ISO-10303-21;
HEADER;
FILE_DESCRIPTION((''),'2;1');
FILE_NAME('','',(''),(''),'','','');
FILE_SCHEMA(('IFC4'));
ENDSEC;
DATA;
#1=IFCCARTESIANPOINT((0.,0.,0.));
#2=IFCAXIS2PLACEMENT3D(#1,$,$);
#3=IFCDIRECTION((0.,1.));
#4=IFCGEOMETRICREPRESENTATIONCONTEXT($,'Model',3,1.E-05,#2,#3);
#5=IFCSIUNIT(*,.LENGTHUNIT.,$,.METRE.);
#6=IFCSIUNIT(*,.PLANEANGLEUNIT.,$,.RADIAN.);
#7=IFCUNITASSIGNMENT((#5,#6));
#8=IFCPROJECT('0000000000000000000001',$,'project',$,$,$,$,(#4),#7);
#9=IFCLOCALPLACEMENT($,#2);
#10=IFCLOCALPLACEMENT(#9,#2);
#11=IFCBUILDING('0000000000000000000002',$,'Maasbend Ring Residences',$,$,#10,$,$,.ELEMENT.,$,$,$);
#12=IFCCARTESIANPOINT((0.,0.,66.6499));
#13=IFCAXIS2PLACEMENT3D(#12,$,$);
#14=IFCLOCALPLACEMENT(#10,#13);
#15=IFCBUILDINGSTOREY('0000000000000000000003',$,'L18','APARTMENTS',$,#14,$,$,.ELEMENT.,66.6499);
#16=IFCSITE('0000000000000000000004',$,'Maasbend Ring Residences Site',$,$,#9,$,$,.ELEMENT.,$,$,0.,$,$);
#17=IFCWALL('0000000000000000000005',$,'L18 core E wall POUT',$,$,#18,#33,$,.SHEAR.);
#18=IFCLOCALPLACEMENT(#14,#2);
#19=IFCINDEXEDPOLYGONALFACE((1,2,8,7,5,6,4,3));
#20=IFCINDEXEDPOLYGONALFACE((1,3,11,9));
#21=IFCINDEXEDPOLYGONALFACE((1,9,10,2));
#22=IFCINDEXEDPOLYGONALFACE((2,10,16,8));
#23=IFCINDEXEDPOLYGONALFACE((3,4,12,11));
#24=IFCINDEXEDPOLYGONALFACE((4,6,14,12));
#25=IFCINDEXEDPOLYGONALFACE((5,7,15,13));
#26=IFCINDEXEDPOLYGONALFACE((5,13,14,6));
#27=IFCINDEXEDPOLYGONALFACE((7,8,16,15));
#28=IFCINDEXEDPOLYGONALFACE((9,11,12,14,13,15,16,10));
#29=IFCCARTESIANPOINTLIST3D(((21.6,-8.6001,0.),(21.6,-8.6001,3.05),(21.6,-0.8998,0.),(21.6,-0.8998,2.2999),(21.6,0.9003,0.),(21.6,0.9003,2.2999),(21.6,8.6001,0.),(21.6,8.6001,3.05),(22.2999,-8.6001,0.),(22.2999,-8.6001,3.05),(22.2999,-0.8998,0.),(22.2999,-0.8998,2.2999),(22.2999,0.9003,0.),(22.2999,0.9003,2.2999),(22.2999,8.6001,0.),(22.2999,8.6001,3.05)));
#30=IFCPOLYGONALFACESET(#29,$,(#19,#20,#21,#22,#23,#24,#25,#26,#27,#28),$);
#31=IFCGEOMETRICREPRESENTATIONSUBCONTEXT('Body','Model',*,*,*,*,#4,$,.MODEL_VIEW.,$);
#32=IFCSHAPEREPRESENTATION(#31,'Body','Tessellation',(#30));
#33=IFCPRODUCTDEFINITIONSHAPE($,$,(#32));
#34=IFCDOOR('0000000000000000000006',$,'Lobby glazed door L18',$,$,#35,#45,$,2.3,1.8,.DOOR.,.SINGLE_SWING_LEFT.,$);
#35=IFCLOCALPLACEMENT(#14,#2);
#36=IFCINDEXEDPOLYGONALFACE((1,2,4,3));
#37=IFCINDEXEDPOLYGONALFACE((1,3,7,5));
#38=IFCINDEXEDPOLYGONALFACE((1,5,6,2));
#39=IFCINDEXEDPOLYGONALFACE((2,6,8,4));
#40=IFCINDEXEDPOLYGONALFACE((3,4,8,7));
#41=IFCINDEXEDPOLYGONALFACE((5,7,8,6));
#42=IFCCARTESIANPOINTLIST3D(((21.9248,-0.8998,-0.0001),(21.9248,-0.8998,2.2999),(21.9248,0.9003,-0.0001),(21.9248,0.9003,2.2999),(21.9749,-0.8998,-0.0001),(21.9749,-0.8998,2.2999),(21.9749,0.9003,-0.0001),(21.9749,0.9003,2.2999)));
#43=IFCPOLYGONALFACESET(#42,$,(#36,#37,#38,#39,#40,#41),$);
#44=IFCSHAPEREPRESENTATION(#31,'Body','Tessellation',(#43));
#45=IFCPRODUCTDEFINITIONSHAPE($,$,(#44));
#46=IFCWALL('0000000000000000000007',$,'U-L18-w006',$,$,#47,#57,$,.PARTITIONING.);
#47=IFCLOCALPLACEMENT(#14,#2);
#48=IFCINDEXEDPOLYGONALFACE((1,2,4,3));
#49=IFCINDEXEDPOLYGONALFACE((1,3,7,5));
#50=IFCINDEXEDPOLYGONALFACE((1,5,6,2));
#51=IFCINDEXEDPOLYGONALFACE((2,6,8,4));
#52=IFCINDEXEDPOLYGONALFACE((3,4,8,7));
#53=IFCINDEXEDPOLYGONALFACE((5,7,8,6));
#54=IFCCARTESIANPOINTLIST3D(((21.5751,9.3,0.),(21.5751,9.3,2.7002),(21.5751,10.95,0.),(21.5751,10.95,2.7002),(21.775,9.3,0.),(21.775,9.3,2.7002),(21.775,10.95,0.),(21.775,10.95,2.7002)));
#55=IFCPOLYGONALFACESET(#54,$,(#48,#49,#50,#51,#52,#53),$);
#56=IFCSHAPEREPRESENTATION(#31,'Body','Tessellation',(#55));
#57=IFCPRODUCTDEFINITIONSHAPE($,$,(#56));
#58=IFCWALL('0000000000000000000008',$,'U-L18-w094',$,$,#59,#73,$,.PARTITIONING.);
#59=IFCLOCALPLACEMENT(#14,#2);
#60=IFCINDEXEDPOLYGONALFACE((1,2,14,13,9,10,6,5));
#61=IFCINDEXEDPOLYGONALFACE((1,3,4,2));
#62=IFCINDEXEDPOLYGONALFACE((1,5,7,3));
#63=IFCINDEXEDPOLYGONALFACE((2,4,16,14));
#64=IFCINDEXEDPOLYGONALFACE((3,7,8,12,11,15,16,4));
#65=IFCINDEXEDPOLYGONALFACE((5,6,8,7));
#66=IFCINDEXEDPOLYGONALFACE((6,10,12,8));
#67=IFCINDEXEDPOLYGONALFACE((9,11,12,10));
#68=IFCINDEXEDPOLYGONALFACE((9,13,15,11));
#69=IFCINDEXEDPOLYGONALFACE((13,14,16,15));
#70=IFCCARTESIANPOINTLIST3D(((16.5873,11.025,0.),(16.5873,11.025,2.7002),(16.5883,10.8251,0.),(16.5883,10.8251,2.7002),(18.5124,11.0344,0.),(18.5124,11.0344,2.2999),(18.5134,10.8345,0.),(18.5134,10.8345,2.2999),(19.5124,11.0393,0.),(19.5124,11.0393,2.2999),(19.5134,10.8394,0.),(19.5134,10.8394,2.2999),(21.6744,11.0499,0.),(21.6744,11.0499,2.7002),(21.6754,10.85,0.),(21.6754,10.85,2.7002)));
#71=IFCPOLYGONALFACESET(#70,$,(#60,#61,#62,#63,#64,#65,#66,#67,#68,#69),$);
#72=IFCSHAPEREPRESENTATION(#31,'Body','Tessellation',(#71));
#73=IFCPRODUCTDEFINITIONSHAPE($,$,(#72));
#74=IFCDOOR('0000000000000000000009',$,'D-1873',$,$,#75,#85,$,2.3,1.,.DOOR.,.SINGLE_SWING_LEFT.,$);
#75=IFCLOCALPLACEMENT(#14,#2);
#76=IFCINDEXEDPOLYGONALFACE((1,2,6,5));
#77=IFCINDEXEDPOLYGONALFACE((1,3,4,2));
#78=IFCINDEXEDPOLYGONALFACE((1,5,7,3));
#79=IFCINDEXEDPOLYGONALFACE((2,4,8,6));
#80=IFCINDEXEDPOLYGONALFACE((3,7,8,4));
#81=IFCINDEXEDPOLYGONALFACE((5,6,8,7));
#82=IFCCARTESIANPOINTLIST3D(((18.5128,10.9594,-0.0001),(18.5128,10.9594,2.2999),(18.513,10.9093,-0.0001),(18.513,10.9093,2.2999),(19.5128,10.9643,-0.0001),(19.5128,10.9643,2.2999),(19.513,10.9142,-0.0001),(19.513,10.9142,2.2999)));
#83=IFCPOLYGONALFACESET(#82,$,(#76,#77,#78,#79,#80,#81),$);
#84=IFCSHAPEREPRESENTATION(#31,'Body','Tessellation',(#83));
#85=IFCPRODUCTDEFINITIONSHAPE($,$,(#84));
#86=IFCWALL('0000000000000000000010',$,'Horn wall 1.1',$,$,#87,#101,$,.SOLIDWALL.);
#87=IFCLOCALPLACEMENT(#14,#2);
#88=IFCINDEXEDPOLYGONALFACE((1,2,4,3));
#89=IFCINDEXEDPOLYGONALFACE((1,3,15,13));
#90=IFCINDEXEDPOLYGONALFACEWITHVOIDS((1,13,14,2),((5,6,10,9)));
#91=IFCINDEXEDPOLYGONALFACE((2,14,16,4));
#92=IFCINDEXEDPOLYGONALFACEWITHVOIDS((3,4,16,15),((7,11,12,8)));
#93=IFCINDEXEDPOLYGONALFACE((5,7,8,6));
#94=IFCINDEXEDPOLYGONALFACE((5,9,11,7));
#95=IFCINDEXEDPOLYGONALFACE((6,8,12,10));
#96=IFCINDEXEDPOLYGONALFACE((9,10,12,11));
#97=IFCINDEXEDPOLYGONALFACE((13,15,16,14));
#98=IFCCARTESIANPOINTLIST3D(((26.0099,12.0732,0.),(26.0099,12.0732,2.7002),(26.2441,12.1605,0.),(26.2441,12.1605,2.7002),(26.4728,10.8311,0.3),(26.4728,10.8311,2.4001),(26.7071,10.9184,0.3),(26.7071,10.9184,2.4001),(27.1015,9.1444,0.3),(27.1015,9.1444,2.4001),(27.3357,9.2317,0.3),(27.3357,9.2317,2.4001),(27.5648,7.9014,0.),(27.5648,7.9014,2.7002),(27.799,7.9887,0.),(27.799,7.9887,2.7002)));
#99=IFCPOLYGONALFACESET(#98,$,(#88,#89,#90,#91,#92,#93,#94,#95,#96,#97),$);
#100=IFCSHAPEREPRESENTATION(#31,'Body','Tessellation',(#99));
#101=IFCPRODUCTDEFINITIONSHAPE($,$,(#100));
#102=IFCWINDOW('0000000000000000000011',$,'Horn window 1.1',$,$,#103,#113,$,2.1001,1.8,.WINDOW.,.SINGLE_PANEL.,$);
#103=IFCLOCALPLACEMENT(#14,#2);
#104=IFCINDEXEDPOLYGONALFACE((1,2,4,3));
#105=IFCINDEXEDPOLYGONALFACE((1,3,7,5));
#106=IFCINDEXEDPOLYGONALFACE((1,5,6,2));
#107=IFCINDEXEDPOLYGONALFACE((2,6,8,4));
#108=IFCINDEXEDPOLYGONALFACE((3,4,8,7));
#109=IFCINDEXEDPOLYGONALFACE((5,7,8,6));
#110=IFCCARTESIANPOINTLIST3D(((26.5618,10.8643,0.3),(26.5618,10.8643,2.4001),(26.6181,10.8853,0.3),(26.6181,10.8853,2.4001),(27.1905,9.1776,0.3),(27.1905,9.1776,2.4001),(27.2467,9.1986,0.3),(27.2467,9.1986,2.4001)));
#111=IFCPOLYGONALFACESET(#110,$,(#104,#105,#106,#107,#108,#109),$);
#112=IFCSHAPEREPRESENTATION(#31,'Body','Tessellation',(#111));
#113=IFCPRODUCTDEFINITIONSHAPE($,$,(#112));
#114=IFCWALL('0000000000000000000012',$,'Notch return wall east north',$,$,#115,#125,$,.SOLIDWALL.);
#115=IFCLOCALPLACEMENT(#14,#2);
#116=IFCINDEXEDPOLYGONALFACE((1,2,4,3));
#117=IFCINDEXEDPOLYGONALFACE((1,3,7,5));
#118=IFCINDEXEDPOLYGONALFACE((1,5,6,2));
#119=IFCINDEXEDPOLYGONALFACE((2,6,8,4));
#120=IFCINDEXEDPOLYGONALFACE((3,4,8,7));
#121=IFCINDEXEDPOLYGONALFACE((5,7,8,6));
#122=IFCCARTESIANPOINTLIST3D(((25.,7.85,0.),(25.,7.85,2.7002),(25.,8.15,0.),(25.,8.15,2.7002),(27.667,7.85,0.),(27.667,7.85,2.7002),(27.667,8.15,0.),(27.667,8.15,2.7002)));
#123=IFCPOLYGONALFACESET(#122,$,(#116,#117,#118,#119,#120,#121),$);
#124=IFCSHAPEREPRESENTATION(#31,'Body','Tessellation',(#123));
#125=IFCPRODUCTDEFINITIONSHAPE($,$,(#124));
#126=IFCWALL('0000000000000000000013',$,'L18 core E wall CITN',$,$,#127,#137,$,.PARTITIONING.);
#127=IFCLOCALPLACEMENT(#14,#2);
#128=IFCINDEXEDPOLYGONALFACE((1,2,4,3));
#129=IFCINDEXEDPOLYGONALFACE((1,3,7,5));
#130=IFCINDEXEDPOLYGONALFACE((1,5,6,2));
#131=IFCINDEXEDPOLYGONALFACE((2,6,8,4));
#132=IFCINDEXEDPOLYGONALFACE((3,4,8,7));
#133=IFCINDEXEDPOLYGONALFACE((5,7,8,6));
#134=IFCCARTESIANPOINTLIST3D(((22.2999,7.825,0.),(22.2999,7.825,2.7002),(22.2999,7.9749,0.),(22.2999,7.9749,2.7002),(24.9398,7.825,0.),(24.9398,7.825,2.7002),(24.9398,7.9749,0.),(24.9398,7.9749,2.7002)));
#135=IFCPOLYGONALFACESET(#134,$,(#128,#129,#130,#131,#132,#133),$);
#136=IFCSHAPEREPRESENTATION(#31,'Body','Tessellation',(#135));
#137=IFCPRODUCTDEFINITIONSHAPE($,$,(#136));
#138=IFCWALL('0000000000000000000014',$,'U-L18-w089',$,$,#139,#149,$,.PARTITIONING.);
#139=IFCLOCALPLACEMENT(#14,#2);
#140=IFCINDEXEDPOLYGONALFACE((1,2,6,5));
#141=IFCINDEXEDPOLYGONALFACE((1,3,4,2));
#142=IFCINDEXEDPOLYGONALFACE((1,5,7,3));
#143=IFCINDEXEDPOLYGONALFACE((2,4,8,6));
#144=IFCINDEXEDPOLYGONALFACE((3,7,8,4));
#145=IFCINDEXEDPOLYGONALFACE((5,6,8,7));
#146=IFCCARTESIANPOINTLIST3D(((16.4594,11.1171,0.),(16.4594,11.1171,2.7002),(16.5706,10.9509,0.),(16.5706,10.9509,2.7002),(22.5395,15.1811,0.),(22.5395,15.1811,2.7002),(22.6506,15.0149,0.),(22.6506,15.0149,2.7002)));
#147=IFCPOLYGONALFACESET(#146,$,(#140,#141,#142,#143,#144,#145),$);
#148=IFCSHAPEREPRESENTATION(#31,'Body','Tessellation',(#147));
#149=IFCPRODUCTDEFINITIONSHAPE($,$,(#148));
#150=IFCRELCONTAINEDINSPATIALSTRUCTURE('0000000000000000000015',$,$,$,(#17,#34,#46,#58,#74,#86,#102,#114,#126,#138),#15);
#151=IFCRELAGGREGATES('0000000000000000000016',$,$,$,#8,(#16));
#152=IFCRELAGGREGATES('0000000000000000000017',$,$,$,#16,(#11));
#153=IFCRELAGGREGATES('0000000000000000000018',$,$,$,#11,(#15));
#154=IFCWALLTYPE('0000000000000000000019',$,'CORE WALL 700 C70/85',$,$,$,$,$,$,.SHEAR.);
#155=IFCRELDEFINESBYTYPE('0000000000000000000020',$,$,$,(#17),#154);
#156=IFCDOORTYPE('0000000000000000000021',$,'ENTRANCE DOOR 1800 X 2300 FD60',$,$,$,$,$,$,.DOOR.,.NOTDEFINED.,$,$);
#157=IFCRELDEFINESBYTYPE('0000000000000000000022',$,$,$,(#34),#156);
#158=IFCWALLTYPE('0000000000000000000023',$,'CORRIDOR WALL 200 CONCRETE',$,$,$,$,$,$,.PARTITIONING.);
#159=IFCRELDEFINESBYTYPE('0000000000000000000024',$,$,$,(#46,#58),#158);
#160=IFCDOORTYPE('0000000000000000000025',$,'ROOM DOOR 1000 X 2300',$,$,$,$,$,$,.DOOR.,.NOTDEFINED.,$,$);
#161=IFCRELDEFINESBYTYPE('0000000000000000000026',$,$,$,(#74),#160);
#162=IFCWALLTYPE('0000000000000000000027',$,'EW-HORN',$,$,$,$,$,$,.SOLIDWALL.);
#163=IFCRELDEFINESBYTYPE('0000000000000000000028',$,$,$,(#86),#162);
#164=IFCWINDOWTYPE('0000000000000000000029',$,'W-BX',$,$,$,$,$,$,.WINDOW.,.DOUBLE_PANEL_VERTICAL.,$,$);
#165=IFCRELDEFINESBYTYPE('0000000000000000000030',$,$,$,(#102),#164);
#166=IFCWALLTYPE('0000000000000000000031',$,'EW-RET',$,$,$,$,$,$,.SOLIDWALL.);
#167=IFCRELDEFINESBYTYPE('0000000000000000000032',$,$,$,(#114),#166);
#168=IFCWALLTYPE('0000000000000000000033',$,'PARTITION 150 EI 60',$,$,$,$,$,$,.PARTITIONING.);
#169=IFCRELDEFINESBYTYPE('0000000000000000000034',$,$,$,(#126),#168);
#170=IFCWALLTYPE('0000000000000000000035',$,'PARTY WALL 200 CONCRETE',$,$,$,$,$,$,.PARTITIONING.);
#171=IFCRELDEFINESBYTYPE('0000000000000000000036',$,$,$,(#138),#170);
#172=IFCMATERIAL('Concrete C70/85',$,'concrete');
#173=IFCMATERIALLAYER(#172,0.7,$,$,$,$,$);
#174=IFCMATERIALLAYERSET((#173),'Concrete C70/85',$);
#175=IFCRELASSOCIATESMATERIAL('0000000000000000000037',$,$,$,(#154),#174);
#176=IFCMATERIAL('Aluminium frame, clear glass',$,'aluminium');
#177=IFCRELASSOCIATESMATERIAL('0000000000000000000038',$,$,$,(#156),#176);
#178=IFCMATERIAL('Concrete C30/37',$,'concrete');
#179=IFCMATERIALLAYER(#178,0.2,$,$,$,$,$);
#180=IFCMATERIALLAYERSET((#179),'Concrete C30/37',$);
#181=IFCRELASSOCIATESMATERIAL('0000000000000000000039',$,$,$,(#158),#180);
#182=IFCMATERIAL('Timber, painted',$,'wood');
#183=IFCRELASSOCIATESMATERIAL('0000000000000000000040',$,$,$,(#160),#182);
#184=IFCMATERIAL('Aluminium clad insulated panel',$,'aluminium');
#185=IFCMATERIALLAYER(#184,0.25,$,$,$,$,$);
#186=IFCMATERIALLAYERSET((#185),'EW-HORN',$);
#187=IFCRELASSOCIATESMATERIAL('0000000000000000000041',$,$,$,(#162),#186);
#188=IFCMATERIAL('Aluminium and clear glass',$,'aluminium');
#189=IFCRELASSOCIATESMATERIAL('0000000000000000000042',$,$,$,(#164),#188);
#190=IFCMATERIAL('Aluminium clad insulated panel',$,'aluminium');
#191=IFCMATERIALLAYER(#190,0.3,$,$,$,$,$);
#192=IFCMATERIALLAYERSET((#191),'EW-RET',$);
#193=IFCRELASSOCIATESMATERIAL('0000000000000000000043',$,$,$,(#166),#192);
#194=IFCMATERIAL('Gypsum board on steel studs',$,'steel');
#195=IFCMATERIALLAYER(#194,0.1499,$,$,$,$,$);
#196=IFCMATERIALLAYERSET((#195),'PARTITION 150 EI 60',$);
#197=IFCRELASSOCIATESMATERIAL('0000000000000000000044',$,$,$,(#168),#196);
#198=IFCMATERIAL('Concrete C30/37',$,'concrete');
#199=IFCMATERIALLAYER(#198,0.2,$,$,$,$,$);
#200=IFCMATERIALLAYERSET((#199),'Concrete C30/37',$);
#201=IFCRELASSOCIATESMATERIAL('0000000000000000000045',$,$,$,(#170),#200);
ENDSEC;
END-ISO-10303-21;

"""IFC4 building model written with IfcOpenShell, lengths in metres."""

from ifc_helpers import new_model, si_unit, direction, frame, frame_2d, origin, place, context, subcontext, project, spatial, rectangle, extrude, material, layer, layer_set, type_object, element, fill, save


model = new_model("IFC4")

# Units and contexts
model_context = context("Model", 3, precision=1e-05, world=origin(), true_north=direction((0.0, 1.0)))
body_context = subcontext(model_context, "Body", "Model", "MODEL_VIEW")
ifc_project = project(units=[si_unit("LENGTHUNIT", "METRE"), si_unit("PLANEANGLEUNIT", "RADIAN")], contexts=[model_context])

# Site, building, storey
site_placement = place(None, origin())
site = spatial("IfcSite", under=ifc_project, at=site_placement, Name="Maasbend Ring Residences Site", CompositionType="ELEMENT", RefElevation=0.0)
building_placement = place(site_placement, origin())
building = spatial("IfcBuilding", under=site, at=building_placement, Name="Maasbend Ring Residences", CompositionType="ELEMENT")
storey_placement = place(building_placement, frame((0.0, 0.0, 66.6499)))
storey = spatial("IfcBuildingStorey", under=building, at=storey_placement, Name="L18", Description="APARTMENTS", CompositionType="ELEMENT", Elevation=66.6499)

# Wall, opening, door
ifc_material_1 = material(Name="Concrete C70/85", Category="concrete")
ifc_layer_1 = layer(ifc_material_1, 0.7)
ifc_layer_set_1 = layer_set([ifc_layer_1], Name="Concrete C70/85")
wall_type_1 = type_object("IfcWallType", Name="CORE WALL 700 C70/85", PredefinedType="SHEAR", material=ifc_layer_set_1)
wall_1_placement = place(storey_placement, frame((21.95, 8.6001, 0.0), z_axis=(0.0, 0.0, 1.0), x_axis=(0.0, -1.0, 0.0)))
wall_1 = element("IfcWall", 1, at=wall_1_placement, inside=storey, type_object=wall_type_1, Name="L18 core E wall POUT", PredefinedType="SHEAR", context=body_context, shape_type="SweptSolid", body=[
    extrude(rectangle(XDim=17.2002, YDim=0.7, at=frame_2d((8.6001, 0.0))), origin(), (0.0, 0.0, 1.0), 3.05),
])
opening_1_placement = place(wall_1_placement, frame((7.7, 0.0, 0.0)))
opening_1 = element("IfcOpeningElement", 2, at=opening_1_placement, cuts=wall_1, PredefinedType="OPENING", context=body_context, shape_type="SweptSolid", body=[
    extrude(rectangle(XDim=1.8, YDim=2.3, at=frame_2d((0.8999, 1.1499))), frame((0.0, 0.3599, 0.0), z_axis=(0.0, -1.0, 0.0), x_axis=(1.0, 0.0, 0.0)), (0.0, 0.0, 1.0), 0.72),
])
ifc_material_2 = material(Name="Aluminium frame, clear glass", Category="aluminium")
door_type_1 = type_object("IfcDoorType", Name="ENTRANCE DOOR 1800 X 2300 FD60", OperationType="NOTDEFINED", PredefinedType="DOOR", material=ifc_material_2)
door_1_placement = place(opening_1_placement, origin())
door_1 = element("IfcDoor", 3, at=door_1_placement, inside=storey, type_object=door_type_1, Name="Lobby glazed door L18", OperationType="SINGLE_SWING_LEFT", OverallHeight=2.3, OverallWidth=1.8, PredefinedType="DOOR", context=body_context, shape_type="SweptSolid", body=[
    extrude(rectangle(XDim=1.8, YDim=2.3, at=frame_2d((0.8999, 1.1499))), frame((0.0, 0.0249, 0.0), z_axis=(0.0, -1.0, 0.0), x_axis=(1.0, 0.0, 0.0)), (0.0, 0.0, 1.0), 0.05),
])
fill(opening_1, door_1)

# Wall
ifc_material_3 = material(Name="Concrete C30/37", Category="concrete")
ifc_layer_2 = layer(ifc_material_3, 0.2)
ifc_layer_set_2 = layer_set([ifc_layer_2], Name="Concrete C30/37")
wall_type_2 = type_object("IfcWallType", Name="CORRIDOR WALL 200 CONCRETE", PredefinedType="PARTITIONING", material=ifc_layer_set_2)
wall_2_placement = place(storey_placement, frame((21.675, 9.3, 0.0), z_axis=(0.0, 0.0, 1.0), x_axis=(0.0, 1.0, 0.0)))
element("IfcWall", 4, at=wall_2_placement, inside=storey, type_object=wall_type_2, Name="U-L18-w006", PredefinedType="PARTITIONING", context=body_context, shape_type="SweptSolid", body=[
    extrude(rectangle(XDim=1.6499, YDim=0.2, at=frame_2d((0.825, 0.0))), origin(), (0.0, 0.0, 1.0), 2.7002),
])

# Wall, opening, door
wall_3_placement = place(storey_placement, frame((16.5879, 10.925, 0.0), z_axis=(0.0, 0.0, 1.0), x_axis=(0.999988, 0.004895, 0.0)))
wall_3 = element("IfcWall", 5, at=wall_3_placement, inside=storey, type_object=wall_type_2, Name="U-L18-w094", PredefinedType="PARTITIONING", context=body_context, shape_type="SweptSolid", body=[
    extrude(rectangle(XDim=5.0872, YDim=0.2, at=frame_2d((2.5435, 0.0))), origin(), (0.0, 0.0, 1.0), 2.7002),
])
opening_2_placement = place(wall_3_placement, frame((1.925, 0.0, 0.0)))
opening_2 = element("IfcOpeningElement", 6, at=opening_2_placement, cuts=wall_3, PredefinedType="OPENING", context=body_context, shape_type="SweptSolid", body=[
    extrude(rectangle(XDim=1.0, YDim=2.3, at=frame_2d((0.5, 1.1499))), frame((0.0, 0.1099, 0.0), z_axis=(0.0, -1.0, 0.0), x_axis=(1.0, 0.0, 0.0)), (0.0, 0.0, 1.0), 0.22),
])
ifc_material_4 = material(Name="Timber, painted", Category="wood")
door_type_2 = type_object("IfcDoorType", Name="ROOM DOOR 1000 X 2300", OperationType="NOTDEFINED", PredefinedType="DOOR", material=ifc_material_4)
door_2_placement = place(opening_2_placement, origin())
door_2 = element("IfcDoor", 7, at=door_2_placement, inside=storey, type_object=door_type_2, Name="D-1873", OperationType="SINGLE_SWING_LEFT", OverallHeight=2.3, OverallWidth=1.0, PredefinedType="DOOR", context=body_context, shape_type="SweptSolid", body=[
    extrude(rectangle(XDim=1.0, YDim=2.3, at=frame_2d((0.5, 1.1499))), frame((0.0, 0.0249, 0.0), z_axis=(0.0, -1.0, 0.0), x_axis=(1.0, 0.0, 0.0)), (0.0, 0.0, 1.0), 0.05),
])
fill(opening_2, door_2)

# Wall, opening, window
ifc_material_5 = material(Name="Aluminium clad insulated panel", Category="aluminium")
ifc_layer_3 = layer(ifc_material_5, 0.25)
ifc_layer_set_3 = layer_set([ifc_layer_3], Name="EW-HORN")
wall_type_3 = type_object("IfcWallType", Name="EW-HORN", PredefinedType="SOLIDWALL", material=ifc_layer_set_3)
wall_4_placement = place(storey_placement, frame((27.6819, 7.9451, 0.0), z_axis=(0.0, 0.0, 1.0), x_axis=(-0.349248, 0.93703, 0.0)))
wall_4 = element("IfcWall", 8, at=wall_4_placement, inside=storey, type_object=wall_type_3, Name="Horn wall 1.1", PredefinedType="SOLIDWALL", context=body_context, shape_type="SweptSolid", body=[
    extrude(rectangle(XDim=4.4521, YDim=0.25, at=frame_2d((2.2261, 0.0))), origin(), (0.0, 0.0, 1.0), 2.7002),
])
opening_3_placement = place(wall_4_placement, frame((1.3267, 0.0, 0.3)))
opening_3 = element("IfcOpeningElement", 9, at=opening_3_placement, cuts=wall_4, PredefinedType="OPENING", context=body_context, shape_type="SweptSolid", body=[
    extrude(rectangle(XDim=1.8, YDim=2.1001, at=frame_2d((0.8999, 1.05))), frame((0.0, 0.135, 0.0), z_axis=(0.0, -1.0, 0.0), x_axis=(1.0, 0.0, 0.0)), (0.0, 0.0, 1.0), 0.27),
])
ifc_material_6 = material(Name="Aluminium and clear glass", Category="aluminium")
window_type = type_object("IfcWindowType", Name="W-BX", PartitioningType="DOUBLE_PANEL_VERTICAL", PredefinedType="WINDOW", material=ifc_material_6)
window_placement = place(opening_3_placement, origin())
window = element("IfcWindow", 10, at=window_placement, inside=storey, type_object=window_type, Name="Horn window 1.1", OverallHeight=2.1001, OverallWidth=1.8, PartitioningType="SINGLE_PANEL", PredefinedType="WINDOW", context=body_context, shape_type="SweptSolid", body=[
    extrude(rectangle(XDim=1.8, YDim=2.1001, at=frame_2d((0.8999, 1.05))), frame((0.0, 0.03, 0.0), z_axis=(0.0, -1.0, 0.0), x_axis=(1.0, 0.0, 0.0)), (0.0, 0.0, 1.0), 0.0601),
])
fill(opening_3, window)

# Walls
ifc_material_7 = material(Name="Aluminium clad insulated panel", Category="aluminium")
ifc_layer_4 = layer(ifc_material_7, 0.3)
ifc_layer_set_4 = layer_set([ifc_layer_4], Name="EW-RET")
wall_type_4 = type_object("IfcWallType", Name="EW-RET", PredefinedType="SOLIDWALL", material=ifc_layer_set_4)
wall_5_placement = place(storey_placement, frame((25.0, 8.0, 0.0), z_axis=(0.0, 0.0, 1.0), x_axis=(1.0, 0.0, 0.0)))
element("IfcWall", 11, at=wall_5_placement, inside=storey, type_object=wall_type_4, Name="Notch return wall east north", PredefinedType="SOLIDWALL", context=body_context, shape_type="SweptSolid", body=[
    extrude(rectangle(XDim=2.667, YDim=0.3, at=frame_2d((1.3335, 0.0))), origin(), (0.0, 0.0, 1.0), 2.7002),
])
ifc_material_8 = material(Name="Gypsum board on steel studs", Category="steel")
ifc_layer_5 = layer(ifc_material_8, 0.1499)
ifc_layer_set_5 = layer_set([ifc_layer_5], Name="PARTITION 150 EI 60")
wall_type_5 = type_object("IfcWallType", Name="PARTITION 150 EI 60", PredefinedType="PARTITIONING", material=ifc_layer_set_5)
wall_6_placement = place(storey_placement, frame((22.3, 7.8999, 0.0), z_axis=(0.0, 0.0, 1.0), x_axis=(1.0, 0.0, 0.0)))
element("IfcWall", 12, at=wall_6_placement, inside=storey, type_object=wall_type_5, Name="L18 core E wall CITN", PredefinedType="PARTITIONING", context=body_context, shape_type="SweptSolid", body=[
    extrude(rectangle(XDim=2.6399, YDim=0.1499, at=frame_2d((1.3198, 0.0))), origin(), (0.0, 0.0, 1.0), 2.7002),
])
ifc_material_9 = material(Name="Concrete C30/37", Category="concrete")
ifc_layer_6 = layer(ifc_material_9, 0.2)
ifc_layer_set_6 = layer_set([ifc_layer_6], Name="Concrete C30/37")
wall_type_6 = type_object("IfcWallType", Name="PARTY WALL 200 CONCRETE", PredefinedType="PARTITIONING", material=ifc_layer_set_6)
wall_7_placement = place(storey_placement, frame((16.5149, 11.0339, 0.0), z_axis=(0.0, 0.0, 1.0), x_axis=(0.831382, 0.555701, 0.0)))
element("IfcWall", 13, at=wall_7_placement, inside=storey, type_object=wall_type_6, Name="U-L18-w089", PredefinedType="PARTITIONING", context=body_context, shape_type="SweptSolid", body=[
    extrude(rectangle(XDim=7.3132, YDim=0.2, at=frame_2d((3.6567, 0.0))), origin(), (0.0, 0.0, 1.0), 2.7002),
])

save(model, "model.ifc")
